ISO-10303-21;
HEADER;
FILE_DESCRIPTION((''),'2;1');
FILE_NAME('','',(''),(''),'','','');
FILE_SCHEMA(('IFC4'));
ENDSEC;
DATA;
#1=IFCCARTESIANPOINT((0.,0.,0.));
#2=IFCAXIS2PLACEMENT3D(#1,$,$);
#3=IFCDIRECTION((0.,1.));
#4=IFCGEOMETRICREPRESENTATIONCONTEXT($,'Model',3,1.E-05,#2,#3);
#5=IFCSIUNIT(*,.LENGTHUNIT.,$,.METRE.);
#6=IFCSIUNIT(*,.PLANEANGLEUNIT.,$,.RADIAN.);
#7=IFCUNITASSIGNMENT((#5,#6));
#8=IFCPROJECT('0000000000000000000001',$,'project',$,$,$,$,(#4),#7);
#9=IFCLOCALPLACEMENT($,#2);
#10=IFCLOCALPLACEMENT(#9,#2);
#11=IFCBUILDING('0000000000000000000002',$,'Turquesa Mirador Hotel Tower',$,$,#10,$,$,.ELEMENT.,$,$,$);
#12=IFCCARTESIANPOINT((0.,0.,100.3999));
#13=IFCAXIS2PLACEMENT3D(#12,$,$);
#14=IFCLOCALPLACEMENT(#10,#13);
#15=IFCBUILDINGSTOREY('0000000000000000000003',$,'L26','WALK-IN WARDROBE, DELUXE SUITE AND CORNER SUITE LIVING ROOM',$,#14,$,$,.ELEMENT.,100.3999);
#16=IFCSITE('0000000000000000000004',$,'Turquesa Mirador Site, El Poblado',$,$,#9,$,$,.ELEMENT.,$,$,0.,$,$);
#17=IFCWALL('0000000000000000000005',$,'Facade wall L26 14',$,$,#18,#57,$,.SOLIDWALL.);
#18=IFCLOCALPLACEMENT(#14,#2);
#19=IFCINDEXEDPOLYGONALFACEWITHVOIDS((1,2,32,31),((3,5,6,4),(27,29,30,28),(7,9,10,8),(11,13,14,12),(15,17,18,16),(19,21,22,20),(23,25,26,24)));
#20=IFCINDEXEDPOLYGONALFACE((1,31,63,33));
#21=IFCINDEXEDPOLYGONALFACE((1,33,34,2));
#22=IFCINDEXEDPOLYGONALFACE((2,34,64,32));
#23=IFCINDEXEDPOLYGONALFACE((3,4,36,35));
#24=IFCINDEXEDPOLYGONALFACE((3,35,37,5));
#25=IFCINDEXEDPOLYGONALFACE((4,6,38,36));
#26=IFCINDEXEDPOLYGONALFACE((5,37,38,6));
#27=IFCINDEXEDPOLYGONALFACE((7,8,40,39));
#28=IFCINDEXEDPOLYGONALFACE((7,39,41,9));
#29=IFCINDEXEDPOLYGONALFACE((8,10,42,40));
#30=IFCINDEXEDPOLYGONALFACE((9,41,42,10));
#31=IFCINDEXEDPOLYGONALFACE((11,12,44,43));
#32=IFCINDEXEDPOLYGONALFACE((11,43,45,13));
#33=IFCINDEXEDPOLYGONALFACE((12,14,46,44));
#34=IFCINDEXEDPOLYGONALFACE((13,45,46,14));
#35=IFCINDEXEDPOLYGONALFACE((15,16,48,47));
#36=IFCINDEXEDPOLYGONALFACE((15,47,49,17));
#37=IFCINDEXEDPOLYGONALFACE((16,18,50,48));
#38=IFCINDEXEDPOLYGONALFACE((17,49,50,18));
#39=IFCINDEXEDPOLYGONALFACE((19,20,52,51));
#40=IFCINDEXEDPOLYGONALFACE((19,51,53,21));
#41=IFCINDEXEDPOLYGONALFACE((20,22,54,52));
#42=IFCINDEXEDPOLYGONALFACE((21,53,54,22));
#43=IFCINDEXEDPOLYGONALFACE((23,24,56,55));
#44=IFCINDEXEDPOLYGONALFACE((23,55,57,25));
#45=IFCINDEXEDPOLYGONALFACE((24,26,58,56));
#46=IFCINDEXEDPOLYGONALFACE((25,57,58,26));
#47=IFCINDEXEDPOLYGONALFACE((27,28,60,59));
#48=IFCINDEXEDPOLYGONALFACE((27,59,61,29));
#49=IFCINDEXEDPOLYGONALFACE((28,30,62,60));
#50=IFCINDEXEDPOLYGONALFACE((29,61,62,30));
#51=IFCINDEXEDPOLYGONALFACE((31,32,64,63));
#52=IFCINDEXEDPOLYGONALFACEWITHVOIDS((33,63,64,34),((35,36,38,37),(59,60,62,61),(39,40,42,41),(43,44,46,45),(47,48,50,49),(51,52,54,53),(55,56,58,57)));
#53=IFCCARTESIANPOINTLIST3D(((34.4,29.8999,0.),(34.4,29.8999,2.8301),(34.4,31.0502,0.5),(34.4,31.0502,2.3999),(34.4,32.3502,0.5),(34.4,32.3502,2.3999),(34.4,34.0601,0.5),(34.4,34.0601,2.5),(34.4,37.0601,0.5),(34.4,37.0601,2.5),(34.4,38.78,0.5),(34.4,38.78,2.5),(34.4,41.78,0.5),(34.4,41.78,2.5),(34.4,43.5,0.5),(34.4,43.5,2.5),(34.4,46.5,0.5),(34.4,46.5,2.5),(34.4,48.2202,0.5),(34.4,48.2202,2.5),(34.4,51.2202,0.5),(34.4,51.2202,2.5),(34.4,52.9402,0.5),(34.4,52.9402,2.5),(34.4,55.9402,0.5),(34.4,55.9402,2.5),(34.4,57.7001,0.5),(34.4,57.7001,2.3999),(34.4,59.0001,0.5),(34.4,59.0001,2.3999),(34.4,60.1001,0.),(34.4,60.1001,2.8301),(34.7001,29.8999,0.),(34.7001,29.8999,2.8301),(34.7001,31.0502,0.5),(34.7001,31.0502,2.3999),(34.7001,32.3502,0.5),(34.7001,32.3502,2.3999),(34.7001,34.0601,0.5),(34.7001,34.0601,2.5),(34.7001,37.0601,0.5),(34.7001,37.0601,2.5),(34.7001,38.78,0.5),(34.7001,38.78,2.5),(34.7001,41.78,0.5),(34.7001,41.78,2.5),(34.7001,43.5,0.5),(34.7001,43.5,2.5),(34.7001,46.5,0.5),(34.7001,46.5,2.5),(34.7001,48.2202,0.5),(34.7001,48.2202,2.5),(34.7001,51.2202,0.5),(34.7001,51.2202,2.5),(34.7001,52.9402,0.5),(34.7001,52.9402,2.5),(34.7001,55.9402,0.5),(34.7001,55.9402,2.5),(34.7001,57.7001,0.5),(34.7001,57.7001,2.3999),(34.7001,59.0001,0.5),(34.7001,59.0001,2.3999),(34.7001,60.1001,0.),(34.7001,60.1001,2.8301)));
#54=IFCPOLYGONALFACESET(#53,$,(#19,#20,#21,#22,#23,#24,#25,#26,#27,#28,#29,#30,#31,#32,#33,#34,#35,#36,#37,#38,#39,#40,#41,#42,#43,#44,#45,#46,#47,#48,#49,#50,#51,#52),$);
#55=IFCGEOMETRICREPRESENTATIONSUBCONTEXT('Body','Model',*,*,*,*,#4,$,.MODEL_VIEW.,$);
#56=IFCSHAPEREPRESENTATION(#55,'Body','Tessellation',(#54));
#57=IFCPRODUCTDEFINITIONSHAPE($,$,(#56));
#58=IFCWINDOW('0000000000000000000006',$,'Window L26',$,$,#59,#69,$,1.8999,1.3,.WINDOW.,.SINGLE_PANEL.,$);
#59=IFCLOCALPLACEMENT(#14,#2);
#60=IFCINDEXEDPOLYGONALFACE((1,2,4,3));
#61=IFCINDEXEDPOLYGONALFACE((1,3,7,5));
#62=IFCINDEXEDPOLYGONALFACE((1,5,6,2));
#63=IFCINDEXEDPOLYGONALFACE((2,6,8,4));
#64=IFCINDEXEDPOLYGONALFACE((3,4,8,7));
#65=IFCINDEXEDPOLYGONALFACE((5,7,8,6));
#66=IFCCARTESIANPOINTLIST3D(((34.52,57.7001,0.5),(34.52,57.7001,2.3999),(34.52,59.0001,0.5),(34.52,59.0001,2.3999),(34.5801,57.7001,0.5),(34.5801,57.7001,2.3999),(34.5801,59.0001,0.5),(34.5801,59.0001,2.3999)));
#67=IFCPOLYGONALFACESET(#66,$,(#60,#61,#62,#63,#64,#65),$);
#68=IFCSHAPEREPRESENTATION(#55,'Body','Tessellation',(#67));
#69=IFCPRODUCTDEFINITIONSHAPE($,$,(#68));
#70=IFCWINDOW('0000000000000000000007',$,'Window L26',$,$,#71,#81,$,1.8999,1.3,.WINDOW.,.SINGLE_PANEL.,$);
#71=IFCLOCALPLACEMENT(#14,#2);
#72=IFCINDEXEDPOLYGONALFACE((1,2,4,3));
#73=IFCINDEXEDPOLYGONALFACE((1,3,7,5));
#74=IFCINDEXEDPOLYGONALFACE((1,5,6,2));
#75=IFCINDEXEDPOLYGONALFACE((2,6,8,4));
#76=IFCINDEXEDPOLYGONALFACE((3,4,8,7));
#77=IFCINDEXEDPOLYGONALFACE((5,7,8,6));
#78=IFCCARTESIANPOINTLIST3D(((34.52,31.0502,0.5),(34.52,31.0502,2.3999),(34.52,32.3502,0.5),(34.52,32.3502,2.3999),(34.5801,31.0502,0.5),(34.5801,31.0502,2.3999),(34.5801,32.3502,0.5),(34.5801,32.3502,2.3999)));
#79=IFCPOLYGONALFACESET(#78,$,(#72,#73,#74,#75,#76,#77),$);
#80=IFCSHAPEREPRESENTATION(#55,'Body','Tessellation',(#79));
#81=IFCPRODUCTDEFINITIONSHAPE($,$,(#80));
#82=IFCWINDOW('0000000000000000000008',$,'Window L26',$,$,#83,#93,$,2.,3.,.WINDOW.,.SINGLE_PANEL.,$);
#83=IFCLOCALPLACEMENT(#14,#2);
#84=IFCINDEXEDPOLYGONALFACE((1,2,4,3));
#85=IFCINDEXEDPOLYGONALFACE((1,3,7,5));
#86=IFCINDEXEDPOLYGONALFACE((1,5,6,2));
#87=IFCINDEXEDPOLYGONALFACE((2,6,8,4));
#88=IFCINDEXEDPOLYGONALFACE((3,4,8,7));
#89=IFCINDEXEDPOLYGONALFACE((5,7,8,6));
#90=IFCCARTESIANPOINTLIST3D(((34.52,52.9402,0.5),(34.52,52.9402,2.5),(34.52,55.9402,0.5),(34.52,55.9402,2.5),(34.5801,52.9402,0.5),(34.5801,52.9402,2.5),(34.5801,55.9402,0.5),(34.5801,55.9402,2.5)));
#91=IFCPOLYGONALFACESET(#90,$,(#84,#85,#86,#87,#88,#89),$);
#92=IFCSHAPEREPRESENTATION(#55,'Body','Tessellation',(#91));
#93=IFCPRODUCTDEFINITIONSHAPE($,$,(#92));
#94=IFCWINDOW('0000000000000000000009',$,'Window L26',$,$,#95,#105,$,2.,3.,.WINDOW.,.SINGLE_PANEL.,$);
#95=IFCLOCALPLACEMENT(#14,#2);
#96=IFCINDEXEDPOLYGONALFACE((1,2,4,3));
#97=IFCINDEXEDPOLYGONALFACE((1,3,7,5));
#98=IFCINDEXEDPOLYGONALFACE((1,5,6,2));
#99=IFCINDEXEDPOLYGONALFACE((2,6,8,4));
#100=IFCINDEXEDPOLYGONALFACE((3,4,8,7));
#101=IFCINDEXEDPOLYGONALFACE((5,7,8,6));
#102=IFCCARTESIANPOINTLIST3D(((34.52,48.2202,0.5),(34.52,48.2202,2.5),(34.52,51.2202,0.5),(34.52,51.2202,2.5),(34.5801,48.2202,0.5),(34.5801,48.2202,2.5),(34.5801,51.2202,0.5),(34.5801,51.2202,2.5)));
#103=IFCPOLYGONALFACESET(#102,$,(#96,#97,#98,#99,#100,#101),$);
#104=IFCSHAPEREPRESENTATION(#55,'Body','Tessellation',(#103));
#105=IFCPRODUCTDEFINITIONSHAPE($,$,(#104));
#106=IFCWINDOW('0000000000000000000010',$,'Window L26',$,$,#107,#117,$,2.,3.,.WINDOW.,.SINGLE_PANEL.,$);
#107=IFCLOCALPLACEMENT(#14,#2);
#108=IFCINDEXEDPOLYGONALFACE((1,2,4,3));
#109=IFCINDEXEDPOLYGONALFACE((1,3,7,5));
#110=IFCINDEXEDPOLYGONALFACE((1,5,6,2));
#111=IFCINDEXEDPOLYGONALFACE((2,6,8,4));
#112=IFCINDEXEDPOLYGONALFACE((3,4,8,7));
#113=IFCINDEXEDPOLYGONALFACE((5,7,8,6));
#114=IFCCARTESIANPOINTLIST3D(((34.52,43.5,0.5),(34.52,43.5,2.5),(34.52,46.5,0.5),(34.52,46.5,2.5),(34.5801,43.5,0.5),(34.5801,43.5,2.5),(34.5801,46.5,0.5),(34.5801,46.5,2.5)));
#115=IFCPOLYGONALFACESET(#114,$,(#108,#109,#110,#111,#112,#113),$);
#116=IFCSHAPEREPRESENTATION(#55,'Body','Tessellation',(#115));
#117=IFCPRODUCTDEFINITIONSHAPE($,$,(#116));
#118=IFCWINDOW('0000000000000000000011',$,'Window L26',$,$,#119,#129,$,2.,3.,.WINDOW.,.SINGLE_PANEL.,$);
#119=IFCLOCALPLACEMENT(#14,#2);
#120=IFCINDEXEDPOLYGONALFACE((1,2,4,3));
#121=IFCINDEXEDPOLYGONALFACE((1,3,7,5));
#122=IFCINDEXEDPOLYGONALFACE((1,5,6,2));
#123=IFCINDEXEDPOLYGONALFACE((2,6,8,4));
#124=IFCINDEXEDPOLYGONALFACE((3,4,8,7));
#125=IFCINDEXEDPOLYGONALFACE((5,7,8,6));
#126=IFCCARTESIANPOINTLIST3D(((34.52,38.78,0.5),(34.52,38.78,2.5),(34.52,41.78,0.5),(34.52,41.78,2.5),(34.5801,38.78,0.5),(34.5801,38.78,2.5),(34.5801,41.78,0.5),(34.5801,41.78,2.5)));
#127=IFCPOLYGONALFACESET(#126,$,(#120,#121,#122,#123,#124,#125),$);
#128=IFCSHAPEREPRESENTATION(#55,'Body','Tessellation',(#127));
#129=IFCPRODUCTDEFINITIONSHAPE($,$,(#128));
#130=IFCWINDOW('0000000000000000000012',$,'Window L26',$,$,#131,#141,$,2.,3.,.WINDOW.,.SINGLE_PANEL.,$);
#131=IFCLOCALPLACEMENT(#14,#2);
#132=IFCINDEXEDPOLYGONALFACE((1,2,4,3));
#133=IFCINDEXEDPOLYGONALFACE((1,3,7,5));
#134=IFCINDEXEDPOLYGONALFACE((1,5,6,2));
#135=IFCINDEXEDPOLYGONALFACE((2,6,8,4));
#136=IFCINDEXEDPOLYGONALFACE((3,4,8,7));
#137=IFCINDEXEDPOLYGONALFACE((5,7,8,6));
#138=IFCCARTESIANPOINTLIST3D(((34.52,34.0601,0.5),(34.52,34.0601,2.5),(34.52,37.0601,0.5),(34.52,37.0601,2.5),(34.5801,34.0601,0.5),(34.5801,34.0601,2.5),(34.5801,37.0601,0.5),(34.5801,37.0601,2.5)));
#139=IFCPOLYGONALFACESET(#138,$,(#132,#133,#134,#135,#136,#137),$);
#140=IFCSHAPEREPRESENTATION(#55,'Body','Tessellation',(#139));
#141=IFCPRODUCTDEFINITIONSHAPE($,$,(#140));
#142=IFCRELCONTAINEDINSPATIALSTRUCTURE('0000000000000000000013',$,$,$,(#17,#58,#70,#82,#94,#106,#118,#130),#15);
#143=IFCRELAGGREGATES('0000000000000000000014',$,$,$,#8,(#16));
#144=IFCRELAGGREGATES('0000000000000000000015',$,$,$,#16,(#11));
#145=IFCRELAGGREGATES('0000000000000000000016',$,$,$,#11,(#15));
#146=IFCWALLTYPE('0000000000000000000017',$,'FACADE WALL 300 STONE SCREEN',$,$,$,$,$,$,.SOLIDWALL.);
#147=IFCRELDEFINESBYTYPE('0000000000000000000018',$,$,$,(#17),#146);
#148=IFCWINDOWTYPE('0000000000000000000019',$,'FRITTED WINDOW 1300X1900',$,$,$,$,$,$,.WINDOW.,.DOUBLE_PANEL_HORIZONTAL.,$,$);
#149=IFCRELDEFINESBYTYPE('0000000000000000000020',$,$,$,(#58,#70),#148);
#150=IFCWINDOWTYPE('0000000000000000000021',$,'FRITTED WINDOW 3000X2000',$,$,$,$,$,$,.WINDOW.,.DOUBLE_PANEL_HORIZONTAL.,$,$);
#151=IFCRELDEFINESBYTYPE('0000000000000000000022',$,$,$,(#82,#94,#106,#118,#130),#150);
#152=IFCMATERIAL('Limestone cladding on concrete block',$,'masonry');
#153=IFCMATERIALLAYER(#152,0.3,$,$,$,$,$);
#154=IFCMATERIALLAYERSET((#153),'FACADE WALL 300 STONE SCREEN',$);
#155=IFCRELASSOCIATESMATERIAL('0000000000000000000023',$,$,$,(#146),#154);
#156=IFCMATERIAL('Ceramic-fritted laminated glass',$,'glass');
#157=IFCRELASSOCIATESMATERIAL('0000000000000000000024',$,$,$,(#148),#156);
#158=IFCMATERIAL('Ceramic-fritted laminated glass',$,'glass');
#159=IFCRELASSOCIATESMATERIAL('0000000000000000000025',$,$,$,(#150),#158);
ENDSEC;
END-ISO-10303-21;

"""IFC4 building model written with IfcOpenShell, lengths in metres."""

from ifc_helpers import new_model, si_unit, direction, frame, frame_2d, origin, place, context, subcontext, project, spatial, rectangle, extrude, material, layer, layer_set, type_object, element, fill, save


model = new_model("IFC4")

# Units and contexts
model_context = context("Model", 3, precision=1e-05, world=origin(), true_north=direction((0.0, 1.0)))
body_context = subcontext(model_context, "Body", "Model", "MODEL_VIEW")
ifc_project = project(units=[si_unit("LENGTHUNIT", "METRE"), si_unit("PLANEANGLEUNIT", "RADIAN")], contexts=[model_context])

# Site, building, storey
site_placement = place(None, origin())
site = spatial("IfcSite", under=ifc_project, at=site_placement, Name="Turquesa Mirador Site, El Poblado", CompositionType="ELEMENT", RefElevation=0.0)
building_placement = place(site_placement, origin())
building = spatial("IfcBuilding", under=site, at=building_placement, Name="Turquesa Mirador Hotel Tower", CompositionType="ELEMENT")
storey_placement = place(building_placement, frame((0.0, 0.0, 100.3999)))
storey = spatial("IfcBuildingStorey", under=building, at=storey_placement, Name="L26", Description="WALK-IN WARDROBE, DELUXE SUITE AND CORNER SUITE LIVING ROOM", CompositionType="ELEMENT", Elevation=100.3999)

# Shared definitions
ifc_material_1 = material(Name="Limestone cladding on concrete block", Category="masonry")
ifc_layer = layer(ifc_material_1, 0.3)
ifc_layer_set = layer_set([ifc_layer], Name="FACADE WALL 300 STONE SCREEN")
wall_type = type_object("IfcWallType", Name="FACADE WALL 300 STONE SCREEN", PredefinedType="SOLIDWALL", material=ifc_layer_set)

# Wall, openings, windows
wall_1_placement = place(storey_placement, frame((34.55, 60.1001, 0.0), z_axis=(0.0, 0.0, 1.0), x_axis=(0.0, -1.0, 0.0)))
wall_1 = element("IfcWall", 1, at=wall_1_placement, inside=storey, type_object=wall_type, Name="Facade wall L26 14", PredefinedType="SOLIDWALL", context=body_context, shape_type="SweptSolid", body=[
    extrude(rectangle(XDim=30.2002, YDim=0.3, at=frame_2d((15.1001, 0.0))), origin(), (0.0, 0.0, 1.0), 2.8301),
])
opening_1_placement = place(wall_1_placement, frame((1.1001, 0.0, 0.5)))
opening_1 = element("IfcOpeningElement", 2, at=opening_1_placement, cuts=wall_1, PredefinedType="OPENING", context=body_context, shape_type="SweptSolid", body=[
    extrude(rectangle(XDim=1.3, YDim=1.8999, at=frame_2d((0.6499, 0.95))), frame((0.0, 0.1599, 0.0), z_axis=(0.0, -1.0, 0.0), x_axis=(1.0, 0.0, 0.0)), (0.0, 0.0, 1.0), 0.3201),
])
opening_2_placement = place(wall_1_placement, frame((4.1599, 0.0, 0.5)))
opening_2 = element("IfcOpeningElement", 3, at=opening_2_placement, cuts=wall_1, PredefinedType="OPENING", context=body_context, shape_type="SweptSolid", body=[
    extrude(rectangle(XDim=3.0, YDim=2.0, at=frame_2d((1.5, 1.0))), frame((0.0, 0.1599, 0.0), z_axis=(0.0, -1.0, 0.0), x_axis=(1.0, 0.0, 0.0)), (0.0, 0.0, 1.0), 0.3201),
])
opening_3_placement = place(wall_1_placement, frame((8.8799, 0.0, 0.5)))
opening_3 = element("IfcOpeningElement", 4, at=opening_3_placement, cuts=wall_1, PredefinedType="OPENING", context=body_context, shape_type="SweptSolid", body=[
    extrude(rectangle(XDim=3.0, YDim=2.0, at=frame_2d((1.5, 1.0))), frame((0.0, 0.1599, 0.0), z_axis=(0.0, -1.0, 0.0), x_axis=(1.0, 0.0, 0.0)), (0.0, 0.0, 1.0), 0.3201),
])
opening_4_placement = place(wall_1_placement, frame((13.6001, 0.0, 0.5)))
opening_4 = element("IfcOpeningElement", 5, at=opening_4_placement, cuts=wall_1, PredefinedType="OPENING", context=body_context, shape_type="SweptSolid", body=[
    extrude(rectangle(XDim=3.0, YDim=2.0, at=frame_2d((1.5, 1.0))), frame((0.0, 0.1599, 0.0), z_axis=(0.0, -1.0, 0.0), x_axis=(1.0, 0.0, 0.0)), (0.0, 0.0, 1.0), 0.3201),
])
opening_5_placement = place(wall_1_placement, frame((18.3201, 0.0, 0.5)))
opening_5 = element("IfcOpeningElement", 6, at=opening_5_placement, cuts=wall_1, PredefinedType="OPENING", context=body_context, shape_type="SweptSolid", body=[
    extrude(rectangle(XDim=3.0, YDim=2.0, at=frame_2d((1.5, 1.0))), frame((0.0, 0.1599, 0.0), z_axis=(0.0, -1.0, 0.0), x_axis=(1.0, 0.0, 0.0)), (0.0, 0.0, 1.0), 0.3201),
])
opening_6_placement = place(wall_1_placement, frame((23.04, 0.0, 0.5)))
opening_6 = element("IfcOpeningElement", 7, at=opening_6_placement, cuts=wall_1, PredefinedType="OPENING", context=body_context, shape_type="SweptSolid", body=[
    extrude(rectangle(XDim=3.0, YDim=2.0, at=frame_2d((1.5, 1.0))), frame((0.0, 0.1599, 0.0), z_axis=(0.0, -1.0, 0.0), x_axis=(1.0, 0.0, 0.0)), (0.0, 0.0, 1.0), 0.3201),
])
opening_7_placement = place(wall_1_placement, frame((27.75, 0.0, 0.5)))
opening_7 = element("IfcOpeningElement", 8, at=opening_7_placement, cuts=wall_1, PredefinedType="OPENING", context=body_context, shape_type="SweptSolid", body=[
    extrude(rectangle(XDim=1.3, YDim=1.8999, at=frame_2d((0.6499, 0.95))), frame((0.0, 0.1599, 0.0), z_axis=(0.0, -1.0, 0.0), x_axis=(1.0, 0.0, 0.0)), (0.0, 0.0, 1.0), 0.3201),
])
ifc_material_2 = material(Name="Ceramic-fritted laminated glass", Category="glass")
window_type_1 = type_object("IfcWindowType", Name="FRITTED WINDOW 1300X1900", PartitioningType="DOUBLE_PANEL_HORIZONTAL", PredefinedType="WINDOW", material=ifc_material_2)
window_1_placement = place(opening_1_placement, origin())
window_1 = element("IfcWindow", 9, at=window_1_placement, inside=storey, type_object=window_type_1, Name="Window L26", OverallHeight=1.8999, OverallWidth=1.3, PartitioningType="SINGLE_PANEL", PredefinedType="WINDOW", context=body_context, shape_type="SweptSolid", body=[
    extrude(rectangle(XDim=1.3, YDim=1.8999, at=frame_2d((0.6499, 0.95))), frame((0.0, 0.03, 0.0), z_axis=(0.0, -1.0, 0.0), x_axis=(1.0, 0.0, 0.0)), (0.0, 0.0, 1.0), 0.0601),
])
fill(opening_1, window_1)
window_2_placement = place(opening_7_placement, origin())
window_2 = element("IfcWindow", 10, at=window_2_placement, inside=storey, type_object=window_type_1, Name="Window L26", OverallHeight=1.8999, OverallWidth=1.3, PartitioningType="SINGLE_PANEL", PredefinedType="WINDOW", context=body_context, shape_type="SweptSolid", body=[
    extrude(rectangle(XDim=1.3, YDim=1.8999, at=frame_2d((0.6499, 0.95))), frame((0.0, 0.03, 0.0), z_axis=(0.0, -1.0, 0.0), x_axis=(1.0, 0.0, 0.0)), (0.0, 0.0, 1.0), 0.0601),
])
fill(opening_7, window_2)
ifc_material_3 = material(Name="Ceramic-fritted laminated glass", Category="glass")
window_type_2 = type_object("IfcWindowType", Name="FRITTED WINDOW 3000X2000", PartitioningType="DOUBLE_PANEL_HORIZONTAL", PredefinedType="WINDOW", material=ifc_material_3)
window_3_placement = place(opening_2_placement, origin())
window_3 = element("IfcWindow", 11, at=window_3_placement, inside=storey, type_object=window_type_2, Name="Window L26", OverallHeight=2.0, OverallWidth=3.0, PartitioningType="SINGLE_PANEL", PredefinedType="WINDOW", context=body_context, shape_type="SweptSolid", body=[
    extrude(rectangle(XDim=3.0, YDim=2.0, at=frame_2d((1.5, 1.0))), frame((0.0, 0.03, 0.0), z_axis=(0.0, -1.0, 0.0), x_axis=(1.0, 0.0, 0.0)), (0.0, 0.0, 1.0), 0.0601),
])
fill(opening_2, window_3)
window_4_placement = place(opening_3_placement, origin())
window_4 = element("IfcWindow", 12, at=window_4_placement, inside=storey, type_object=window_type_2, Name="Window L26", OverallHeight=2.0, OverallWidth=3.0, PartitioningType="SINGLE_PANEL", PredefinedType="WINDOW", context=body_context, shape_type="SweptSolid", body=[
    extrude(rectangle(XDim=3.0, YDim=2.0, at=frame_2d((1.5, 1.0))), frame((0.0, 0.03, 0.0), z_axis=(0.0, -1.0, 0.0), x_axis=(1.0, 0.0, 0.0)), (0.0, 0.0, 1.0), 0.0601),
])
fill(opening_3, window_4)
window_5_placement = place(opening_4_placement, origin())
window_5 = element("IfcWindow", 13, at=window_5_placement, inside=storey, type_object=window_type_2, Name="Window L26", OverallHeight=2.0, OverallWidth=3.0, PartitioningType="SINGLE_PANEL", PredefinedType="WINDOW", context=body_context, shape_type="SweptSolid", body=[
    extrude(rectangle(XDim=3.0, YDim=2.0, at=frame_2d((1.5, 1.0))), frame((0.0, 0.03, 0.0), z_axis=(0.0, -1.0, 0.0), x_axis=(1.0, 0.0, 0.0)), (0.0, 0.0, 1.0), 0.0601),
])
fill(opening_4, window_5)
window_6_placement = place(opening_5_placement, origin())
window_6 = element("IfcWindow", 14, at=window_6_placement, inside=storey, type_object=window_type_2, Name="Window L26", OverallHeight=2.0, OverallWidth=3.0, PartitioningType="SINGLE_PANEL", PredefinedType="WINDOW", context=body_context, shape_type="SweptSolid", body=[
    extrude(rectangle(XDim=3.0, YDim=2.0, at=frame_2d((1.5, 1.0))), frame((0.0, 0.03, 0.0), z_axis=(0.0, -1.0, 0.0), x_axis=(1.0, 0.0, 0.0)), (0.0, 0.0, 1.0), 0.0601),
])
fill(opening_5, window_6)
window_7_placement = place(opening_6_placement, origin())
window_7 = element("IfcWindow", 15, at=window_7_placement, inside=storey, type_object=window_type_2, Name="Window L26", OverallHeight=2.0, OverallWidth=3.0, PartitioningType="SINGLE_PANEL", PredefinedType="WINDOW", context=body_context, shape_type="SweptSolid", body=[
    extrude(rectangle(XDim=3.0, YDim=2.0, at=frame_2d((1.5, 1.0))), frame((0.0, 0.03, 0.0), z_axis=(0.0, -1.0, 0.0), x_axis=(1.0, 0.0, 0.0)), (0.0, 0.0, 1.0), 0.0601),
])
fill(opening_6, window_7)

save(model, "model.ifc")
